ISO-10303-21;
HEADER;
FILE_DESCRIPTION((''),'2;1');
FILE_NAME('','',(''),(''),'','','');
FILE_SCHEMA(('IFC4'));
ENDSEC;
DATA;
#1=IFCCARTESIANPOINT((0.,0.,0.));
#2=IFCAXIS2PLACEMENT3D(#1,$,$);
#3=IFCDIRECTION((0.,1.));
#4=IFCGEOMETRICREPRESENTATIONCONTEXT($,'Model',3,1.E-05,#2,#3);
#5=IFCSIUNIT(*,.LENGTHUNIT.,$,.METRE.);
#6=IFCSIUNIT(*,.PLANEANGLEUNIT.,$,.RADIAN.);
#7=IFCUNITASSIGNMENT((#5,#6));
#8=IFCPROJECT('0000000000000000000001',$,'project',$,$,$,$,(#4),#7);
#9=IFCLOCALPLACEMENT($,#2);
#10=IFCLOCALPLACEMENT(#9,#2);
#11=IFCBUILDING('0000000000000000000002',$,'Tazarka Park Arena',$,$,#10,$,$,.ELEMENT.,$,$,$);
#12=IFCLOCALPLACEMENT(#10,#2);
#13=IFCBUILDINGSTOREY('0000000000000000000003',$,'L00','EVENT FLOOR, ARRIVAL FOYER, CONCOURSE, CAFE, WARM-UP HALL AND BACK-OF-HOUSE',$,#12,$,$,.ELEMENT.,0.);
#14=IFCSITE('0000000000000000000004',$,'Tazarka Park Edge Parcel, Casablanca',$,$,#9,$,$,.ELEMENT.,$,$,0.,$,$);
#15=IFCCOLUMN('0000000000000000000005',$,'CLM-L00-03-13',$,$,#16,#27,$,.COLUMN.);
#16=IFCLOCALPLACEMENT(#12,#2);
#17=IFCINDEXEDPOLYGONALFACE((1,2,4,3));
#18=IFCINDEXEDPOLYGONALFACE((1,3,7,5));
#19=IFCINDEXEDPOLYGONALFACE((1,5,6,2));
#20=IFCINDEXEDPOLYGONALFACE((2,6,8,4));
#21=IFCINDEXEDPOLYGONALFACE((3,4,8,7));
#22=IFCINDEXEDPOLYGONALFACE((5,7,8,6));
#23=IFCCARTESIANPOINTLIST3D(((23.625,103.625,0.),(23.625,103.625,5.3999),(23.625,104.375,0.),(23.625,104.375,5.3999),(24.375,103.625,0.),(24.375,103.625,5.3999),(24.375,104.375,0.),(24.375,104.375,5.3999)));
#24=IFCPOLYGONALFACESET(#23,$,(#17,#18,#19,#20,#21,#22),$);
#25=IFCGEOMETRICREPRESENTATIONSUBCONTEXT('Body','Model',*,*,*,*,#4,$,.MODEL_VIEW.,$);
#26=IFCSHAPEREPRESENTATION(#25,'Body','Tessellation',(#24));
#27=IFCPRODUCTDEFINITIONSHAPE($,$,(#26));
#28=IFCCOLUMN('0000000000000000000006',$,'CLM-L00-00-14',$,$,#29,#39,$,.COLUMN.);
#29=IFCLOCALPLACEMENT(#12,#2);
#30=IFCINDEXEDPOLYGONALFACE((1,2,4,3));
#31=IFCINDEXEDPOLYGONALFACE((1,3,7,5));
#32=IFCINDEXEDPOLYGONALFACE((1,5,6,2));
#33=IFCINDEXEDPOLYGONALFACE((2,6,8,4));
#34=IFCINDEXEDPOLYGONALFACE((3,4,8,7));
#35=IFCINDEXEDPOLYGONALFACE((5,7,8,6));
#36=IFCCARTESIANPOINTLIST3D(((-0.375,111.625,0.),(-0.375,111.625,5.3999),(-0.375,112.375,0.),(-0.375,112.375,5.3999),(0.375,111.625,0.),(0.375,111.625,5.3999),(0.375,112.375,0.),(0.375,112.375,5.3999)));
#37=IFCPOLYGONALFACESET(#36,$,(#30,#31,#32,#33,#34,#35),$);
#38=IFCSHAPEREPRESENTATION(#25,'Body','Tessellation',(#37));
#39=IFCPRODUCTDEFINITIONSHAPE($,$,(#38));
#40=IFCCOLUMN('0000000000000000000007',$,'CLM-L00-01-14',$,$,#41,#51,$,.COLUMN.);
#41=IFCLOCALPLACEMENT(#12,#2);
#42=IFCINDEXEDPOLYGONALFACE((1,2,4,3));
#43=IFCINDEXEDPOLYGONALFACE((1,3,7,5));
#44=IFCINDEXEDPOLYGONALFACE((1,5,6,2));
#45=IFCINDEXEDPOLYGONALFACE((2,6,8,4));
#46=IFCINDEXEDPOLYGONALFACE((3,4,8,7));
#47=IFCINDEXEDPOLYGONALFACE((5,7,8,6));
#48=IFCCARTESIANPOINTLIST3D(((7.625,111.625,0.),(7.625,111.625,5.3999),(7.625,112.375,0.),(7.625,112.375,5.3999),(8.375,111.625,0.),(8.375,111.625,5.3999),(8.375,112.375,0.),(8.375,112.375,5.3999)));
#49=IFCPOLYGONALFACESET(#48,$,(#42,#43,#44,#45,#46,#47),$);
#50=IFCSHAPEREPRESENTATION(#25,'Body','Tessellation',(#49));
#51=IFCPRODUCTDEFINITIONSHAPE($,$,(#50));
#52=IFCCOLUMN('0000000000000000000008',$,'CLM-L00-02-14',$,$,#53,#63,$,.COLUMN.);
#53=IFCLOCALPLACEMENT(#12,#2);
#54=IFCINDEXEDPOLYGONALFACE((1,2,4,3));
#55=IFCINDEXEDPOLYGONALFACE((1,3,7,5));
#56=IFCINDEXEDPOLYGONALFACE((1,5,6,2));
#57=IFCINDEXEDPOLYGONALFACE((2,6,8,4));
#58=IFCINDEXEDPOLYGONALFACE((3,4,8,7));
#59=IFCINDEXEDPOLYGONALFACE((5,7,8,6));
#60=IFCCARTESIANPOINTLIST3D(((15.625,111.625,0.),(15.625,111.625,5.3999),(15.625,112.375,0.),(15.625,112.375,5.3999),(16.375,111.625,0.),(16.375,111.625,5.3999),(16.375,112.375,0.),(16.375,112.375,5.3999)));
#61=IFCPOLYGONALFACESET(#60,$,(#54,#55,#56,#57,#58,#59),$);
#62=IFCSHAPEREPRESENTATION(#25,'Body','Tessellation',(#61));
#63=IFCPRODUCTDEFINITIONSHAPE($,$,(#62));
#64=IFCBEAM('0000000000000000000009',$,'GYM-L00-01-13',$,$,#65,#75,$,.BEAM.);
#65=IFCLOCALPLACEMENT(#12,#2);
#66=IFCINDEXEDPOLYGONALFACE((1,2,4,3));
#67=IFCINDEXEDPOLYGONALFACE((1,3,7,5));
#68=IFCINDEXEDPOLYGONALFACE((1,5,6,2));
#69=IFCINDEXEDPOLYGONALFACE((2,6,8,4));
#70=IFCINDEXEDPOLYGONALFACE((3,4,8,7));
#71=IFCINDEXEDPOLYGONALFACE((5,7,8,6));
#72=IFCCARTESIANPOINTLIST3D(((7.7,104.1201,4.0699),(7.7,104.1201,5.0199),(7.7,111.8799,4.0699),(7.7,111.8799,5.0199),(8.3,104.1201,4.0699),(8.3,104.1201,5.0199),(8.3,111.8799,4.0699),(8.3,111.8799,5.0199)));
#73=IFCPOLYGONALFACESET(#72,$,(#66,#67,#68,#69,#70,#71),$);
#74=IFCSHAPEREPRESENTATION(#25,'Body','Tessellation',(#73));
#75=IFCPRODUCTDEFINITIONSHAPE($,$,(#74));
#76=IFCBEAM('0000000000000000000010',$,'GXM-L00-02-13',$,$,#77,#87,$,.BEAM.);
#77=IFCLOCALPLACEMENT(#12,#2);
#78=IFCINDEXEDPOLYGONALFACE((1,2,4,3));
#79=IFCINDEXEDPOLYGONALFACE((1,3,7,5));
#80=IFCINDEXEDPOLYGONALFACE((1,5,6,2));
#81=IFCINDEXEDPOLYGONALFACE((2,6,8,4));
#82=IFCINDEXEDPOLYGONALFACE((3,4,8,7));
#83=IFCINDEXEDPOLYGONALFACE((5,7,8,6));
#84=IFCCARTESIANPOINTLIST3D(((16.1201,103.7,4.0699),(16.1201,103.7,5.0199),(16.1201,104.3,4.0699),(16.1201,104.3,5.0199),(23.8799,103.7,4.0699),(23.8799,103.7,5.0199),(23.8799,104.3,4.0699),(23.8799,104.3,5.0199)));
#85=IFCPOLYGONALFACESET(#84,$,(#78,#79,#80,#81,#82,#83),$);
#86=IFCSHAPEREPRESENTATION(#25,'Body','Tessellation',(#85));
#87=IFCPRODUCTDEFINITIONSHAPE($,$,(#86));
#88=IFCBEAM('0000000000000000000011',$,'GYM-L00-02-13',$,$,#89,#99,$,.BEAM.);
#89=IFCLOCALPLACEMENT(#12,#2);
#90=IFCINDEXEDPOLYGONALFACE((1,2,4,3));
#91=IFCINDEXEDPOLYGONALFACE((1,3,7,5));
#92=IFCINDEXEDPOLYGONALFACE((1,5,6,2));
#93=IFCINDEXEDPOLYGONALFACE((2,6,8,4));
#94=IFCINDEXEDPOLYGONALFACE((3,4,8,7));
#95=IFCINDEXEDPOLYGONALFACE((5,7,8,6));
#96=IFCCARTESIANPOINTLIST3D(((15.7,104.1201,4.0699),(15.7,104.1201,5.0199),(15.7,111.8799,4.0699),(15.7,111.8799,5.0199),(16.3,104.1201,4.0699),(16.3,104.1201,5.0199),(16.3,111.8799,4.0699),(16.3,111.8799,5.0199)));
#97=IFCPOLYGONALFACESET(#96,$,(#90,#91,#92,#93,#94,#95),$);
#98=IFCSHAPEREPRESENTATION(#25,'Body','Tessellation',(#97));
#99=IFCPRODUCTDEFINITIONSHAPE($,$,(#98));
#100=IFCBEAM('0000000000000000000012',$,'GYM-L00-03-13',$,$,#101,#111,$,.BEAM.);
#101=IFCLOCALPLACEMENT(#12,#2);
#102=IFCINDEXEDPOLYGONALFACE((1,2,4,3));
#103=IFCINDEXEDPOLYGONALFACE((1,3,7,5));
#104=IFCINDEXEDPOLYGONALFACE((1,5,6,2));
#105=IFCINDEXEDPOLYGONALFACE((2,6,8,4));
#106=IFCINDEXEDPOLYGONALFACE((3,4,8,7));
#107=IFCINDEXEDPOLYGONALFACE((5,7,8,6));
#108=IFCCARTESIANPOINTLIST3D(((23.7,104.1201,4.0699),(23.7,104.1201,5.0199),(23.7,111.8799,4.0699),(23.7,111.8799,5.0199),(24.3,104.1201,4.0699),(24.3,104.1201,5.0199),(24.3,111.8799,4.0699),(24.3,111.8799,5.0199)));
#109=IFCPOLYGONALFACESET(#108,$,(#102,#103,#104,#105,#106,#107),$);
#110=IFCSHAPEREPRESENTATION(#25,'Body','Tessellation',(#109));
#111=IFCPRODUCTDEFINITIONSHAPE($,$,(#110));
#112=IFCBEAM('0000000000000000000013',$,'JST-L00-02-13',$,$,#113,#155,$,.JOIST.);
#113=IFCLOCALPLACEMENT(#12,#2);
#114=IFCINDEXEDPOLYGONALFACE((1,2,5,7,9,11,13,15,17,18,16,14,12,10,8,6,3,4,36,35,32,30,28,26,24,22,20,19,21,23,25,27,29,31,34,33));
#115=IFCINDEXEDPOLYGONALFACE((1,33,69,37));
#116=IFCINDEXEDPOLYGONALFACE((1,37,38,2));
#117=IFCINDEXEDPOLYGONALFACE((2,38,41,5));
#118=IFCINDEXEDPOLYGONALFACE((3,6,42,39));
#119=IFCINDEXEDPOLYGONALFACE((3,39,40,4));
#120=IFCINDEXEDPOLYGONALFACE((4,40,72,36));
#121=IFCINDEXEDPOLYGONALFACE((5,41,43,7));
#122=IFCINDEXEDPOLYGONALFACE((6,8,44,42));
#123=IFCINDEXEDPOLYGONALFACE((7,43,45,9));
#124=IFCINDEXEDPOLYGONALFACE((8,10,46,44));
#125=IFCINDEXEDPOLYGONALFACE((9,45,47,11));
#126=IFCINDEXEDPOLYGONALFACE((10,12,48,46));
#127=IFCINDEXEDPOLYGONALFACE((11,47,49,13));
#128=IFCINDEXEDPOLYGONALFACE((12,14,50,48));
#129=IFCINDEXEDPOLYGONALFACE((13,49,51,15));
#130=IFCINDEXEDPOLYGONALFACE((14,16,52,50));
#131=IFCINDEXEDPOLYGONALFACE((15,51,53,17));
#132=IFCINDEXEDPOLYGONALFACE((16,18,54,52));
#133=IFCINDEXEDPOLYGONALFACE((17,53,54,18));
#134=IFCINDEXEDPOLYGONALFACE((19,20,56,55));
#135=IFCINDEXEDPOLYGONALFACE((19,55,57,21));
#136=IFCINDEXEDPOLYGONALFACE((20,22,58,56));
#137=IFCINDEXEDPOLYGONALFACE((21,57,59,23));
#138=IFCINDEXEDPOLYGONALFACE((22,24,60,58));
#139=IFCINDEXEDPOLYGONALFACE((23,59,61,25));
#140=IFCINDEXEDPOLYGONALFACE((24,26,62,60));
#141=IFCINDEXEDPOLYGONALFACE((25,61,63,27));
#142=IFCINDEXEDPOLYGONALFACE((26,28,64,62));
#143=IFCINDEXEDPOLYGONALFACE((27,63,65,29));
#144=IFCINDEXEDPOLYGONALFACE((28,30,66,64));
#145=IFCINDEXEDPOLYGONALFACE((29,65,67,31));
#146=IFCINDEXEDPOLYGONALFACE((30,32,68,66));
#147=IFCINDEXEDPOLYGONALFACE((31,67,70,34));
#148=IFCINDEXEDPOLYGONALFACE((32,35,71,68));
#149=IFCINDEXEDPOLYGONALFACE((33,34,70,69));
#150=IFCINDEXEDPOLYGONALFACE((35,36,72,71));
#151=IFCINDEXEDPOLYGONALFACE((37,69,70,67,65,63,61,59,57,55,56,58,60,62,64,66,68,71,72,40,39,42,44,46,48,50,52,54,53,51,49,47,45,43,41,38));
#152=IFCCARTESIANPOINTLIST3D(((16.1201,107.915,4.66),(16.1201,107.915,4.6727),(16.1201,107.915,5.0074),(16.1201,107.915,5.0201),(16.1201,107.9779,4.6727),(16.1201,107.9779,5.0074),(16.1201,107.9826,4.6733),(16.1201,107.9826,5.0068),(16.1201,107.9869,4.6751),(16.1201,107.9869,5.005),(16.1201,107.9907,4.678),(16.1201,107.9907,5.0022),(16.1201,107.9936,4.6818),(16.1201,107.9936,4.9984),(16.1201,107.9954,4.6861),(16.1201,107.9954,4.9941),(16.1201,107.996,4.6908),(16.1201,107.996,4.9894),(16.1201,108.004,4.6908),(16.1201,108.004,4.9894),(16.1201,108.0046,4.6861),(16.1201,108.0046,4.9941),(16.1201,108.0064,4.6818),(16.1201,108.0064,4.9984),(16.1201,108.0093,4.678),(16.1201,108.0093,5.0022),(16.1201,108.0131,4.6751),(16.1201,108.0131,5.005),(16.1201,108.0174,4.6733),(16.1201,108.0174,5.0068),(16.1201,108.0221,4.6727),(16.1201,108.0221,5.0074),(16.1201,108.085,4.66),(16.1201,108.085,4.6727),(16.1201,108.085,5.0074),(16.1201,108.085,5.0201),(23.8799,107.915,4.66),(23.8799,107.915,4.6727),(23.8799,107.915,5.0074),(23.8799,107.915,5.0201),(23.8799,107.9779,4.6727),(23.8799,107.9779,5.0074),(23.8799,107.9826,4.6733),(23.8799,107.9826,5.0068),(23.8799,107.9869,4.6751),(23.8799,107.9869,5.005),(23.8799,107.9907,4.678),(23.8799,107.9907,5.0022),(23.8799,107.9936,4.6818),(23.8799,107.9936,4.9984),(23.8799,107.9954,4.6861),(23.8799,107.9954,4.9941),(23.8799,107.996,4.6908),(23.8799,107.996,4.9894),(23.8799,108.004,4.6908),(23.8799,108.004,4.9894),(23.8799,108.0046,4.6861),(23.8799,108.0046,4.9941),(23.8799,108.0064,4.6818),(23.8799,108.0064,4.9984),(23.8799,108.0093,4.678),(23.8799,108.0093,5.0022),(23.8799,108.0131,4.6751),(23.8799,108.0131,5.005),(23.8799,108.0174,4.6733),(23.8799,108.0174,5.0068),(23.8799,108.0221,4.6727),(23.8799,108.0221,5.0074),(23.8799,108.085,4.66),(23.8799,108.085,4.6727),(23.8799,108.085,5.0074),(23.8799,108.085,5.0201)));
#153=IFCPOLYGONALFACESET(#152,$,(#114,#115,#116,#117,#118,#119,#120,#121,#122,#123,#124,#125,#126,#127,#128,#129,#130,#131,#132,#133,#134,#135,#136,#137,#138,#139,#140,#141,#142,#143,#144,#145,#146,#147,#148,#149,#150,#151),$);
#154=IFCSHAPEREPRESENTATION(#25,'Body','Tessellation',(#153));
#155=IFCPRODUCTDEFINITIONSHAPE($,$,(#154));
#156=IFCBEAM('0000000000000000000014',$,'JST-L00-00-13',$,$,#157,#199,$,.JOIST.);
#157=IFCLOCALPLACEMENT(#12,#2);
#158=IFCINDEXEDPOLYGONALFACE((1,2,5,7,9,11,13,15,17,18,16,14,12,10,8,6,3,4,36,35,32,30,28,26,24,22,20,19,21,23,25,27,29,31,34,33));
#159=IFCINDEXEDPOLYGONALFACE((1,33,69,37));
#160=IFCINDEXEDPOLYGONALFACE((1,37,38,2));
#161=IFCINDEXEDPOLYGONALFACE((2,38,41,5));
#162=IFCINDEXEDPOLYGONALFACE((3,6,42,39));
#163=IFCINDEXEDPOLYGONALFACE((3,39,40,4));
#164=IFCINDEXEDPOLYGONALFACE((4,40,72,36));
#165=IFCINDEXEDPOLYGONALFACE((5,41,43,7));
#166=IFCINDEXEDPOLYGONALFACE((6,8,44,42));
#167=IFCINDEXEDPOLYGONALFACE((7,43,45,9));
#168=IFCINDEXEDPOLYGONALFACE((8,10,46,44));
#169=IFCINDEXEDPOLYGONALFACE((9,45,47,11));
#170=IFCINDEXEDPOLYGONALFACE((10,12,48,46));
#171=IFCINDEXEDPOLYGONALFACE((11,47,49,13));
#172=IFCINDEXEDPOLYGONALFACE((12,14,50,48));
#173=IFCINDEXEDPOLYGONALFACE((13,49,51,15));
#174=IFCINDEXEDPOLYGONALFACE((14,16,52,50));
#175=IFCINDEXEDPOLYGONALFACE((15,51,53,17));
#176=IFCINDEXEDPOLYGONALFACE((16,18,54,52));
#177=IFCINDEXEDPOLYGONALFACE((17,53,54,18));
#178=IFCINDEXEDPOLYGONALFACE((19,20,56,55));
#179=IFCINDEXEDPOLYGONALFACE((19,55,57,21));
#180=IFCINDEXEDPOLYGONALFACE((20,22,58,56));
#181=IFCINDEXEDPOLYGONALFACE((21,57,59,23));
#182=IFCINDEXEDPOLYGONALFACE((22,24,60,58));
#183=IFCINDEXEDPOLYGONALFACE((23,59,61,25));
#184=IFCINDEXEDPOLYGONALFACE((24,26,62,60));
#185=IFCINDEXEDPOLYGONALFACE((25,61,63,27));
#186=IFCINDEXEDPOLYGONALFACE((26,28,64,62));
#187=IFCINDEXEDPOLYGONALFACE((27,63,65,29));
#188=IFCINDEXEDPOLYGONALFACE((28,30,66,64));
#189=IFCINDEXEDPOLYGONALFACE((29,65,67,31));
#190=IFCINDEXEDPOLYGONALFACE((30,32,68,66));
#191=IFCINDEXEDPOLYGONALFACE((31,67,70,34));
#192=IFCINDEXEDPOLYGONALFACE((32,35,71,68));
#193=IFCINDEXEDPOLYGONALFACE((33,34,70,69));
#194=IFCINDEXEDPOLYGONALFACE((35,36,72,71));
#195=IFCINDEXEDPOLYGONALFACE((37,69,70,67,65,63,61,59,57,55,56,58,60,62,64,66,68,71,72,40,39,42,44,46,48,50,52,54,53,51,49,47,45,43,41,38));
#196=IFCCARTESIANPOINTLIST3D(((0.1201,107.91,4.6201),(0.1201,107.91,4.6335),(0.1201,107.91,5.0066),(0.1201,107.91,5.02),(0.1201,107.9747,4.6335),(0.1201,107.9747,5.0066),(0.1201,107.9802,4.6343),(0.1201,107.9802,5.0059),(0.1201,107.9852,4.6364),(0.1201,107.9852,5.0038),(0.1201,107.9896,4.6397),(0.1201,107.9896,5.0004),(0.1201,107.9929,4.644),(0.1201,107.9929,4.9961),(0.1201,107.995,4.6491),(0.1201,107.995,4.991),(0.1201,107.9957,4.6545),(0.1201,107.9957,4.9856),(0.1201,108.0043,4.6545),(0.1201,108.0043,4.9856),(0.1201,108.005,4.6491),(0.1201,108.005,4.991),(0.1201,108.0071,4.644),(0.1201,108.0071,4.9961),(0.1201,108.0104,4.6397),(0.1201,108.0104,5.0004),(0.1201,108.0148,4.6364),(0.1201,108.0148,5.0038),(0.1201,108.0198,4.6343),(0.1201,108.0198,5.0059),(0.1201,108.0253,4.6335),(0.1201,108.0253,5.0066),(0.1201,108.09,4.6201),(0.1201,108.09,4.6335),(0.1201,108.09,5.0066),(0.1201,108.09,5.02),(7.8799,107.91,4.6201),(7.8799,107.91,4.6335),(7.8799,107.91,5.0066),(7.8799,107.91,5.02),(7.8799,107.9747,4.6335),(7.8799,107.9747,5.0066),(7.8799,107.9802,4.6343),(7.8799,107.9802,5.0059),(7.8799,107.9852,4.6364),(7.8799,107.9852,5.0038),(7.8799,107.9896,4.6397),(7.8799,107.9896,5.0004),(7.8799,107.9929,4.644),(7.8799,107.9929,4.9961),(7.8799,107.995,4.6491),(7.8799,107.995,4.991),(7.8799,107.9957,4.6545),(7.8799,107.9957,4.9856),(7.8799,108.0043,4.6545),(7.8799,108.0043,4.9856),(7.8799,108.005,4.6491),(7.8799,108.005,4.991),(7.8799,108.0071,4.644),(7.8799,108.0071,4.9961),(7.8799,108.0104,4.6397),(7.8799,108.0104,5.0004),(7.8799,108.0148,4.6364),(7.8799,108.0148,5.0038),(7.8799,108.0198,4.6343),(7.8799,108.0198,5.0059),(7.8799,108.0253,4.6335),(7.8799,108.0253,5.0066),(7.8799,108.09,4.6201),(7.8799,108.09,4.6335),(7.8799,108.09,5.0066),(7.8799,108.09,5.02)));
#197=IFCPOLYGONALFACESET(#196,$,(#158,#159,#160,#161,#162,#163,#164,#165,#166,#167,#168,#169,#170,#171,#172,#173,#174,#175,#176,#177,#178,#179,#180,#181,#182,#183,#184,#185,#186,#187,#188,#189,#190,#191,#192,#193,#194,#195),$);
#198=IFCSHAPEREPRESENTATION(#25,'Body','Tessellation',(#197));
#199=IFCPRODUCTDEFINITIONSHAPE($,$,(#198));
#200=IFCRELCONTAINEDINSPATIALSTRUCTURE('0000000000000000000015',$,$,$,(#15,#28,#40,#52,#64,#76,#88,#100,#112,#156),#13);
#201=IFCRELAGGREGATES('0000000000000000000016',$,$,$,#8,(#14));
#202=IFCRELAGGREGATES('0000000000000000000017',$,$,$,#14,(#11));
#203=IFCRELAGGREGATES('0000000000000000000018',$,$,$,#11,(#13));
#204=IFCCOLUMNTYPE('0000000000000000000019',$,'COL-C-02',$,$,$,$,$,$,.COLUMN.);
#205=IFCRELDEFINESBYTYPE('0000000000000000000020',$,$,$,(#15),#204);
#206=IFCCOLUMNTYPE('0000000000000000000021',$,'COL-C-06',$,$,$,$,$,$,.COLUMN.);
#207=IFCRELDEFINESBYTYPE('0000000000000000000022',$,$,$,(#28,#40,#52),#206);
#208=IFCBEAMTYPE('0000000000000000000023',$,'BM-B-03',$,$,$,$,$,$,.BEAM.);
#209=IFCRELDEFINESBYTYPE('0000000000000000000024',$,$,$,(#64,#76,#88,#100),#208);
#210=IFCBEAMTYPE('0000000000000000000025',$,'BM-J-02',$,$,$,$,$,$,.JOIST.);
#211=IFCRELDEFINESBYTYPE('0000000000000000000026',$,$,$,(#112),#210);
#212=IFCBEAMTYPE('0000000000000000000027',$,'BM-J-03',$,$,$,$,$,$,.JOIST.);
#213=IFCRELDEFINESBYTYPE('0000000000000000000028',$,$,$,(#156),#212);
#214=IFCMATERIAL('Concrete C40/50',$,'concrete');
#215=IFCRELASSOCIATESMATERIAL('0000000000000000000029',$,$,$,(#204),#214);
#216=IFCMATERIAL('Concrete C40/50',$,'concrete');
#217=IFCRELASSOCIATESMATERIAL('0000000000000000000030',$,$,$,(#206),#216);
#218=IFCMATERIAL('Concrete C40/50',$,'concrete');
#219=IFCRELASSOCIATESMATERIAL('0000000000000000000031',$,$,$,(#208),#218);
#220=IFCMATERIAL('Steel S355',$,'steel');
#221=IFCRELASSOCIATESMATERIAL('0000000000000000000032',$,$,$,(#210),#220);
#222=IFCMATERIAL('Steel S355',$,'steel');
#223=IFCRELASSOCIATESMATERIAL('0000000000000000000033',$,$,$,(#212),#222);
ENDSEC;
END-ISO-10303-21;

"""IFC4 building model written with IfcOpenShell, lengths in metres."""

from ifc_helpers import new_model, si_unit, direction, frame, origin, origin_2d, place, context, subcontext, project, spatial, rectangle, i_section, extrude, material, material_profile, profile_set, type_object, element, save


model = new_model("IFC4")

# Units and contexts
model_context = context("Model", 3, precision=1e-05, world=origin(), true_north=direction((0.0, 1.0)))
body_context = subcontext(model_context, "Body", "Model", "MODEL_VIEW")
ifc_project = project(units=[si_unit("LENGTHUNIT", "METRE"), si_unit("PLANEANGLEUNIT", "RADIAN")], contexts=[model_context])

# Site, building, storey
site_placement = place(None, origin())
site = spatial("IfcSite", under=ifc_project, at=site_placement, Name="Tazarka Park Edge Parcel, Casablanca", CompositionType="ELEMENT", RefElevation=0.0)
building_placement = place(site_placement, origin())
building = spatial("IfcBuilding", under=site, at=building_placement, Name="Tazarka Park Arena", CompositionType="ELEMENT")
storey_placement = place(building_placement, origin())
storey = spatial("IfcBuildingStorey", under=building, at=storey_placement, Name="L00", Description="EVENT FLOOR, ARRIVAL FOYER, CONCOURSE, CAFE, WARM-UP HALL AND BACK-OF-HOUSE", CompositionType="ELEMENT", Elevation=0.0)

# Columns
ifc_material_1 = material(Name="Concrete C40/50", Category="concrete")
ifc_material_profile_1 = material_profile(ifc_material_1, rectangle(XDim=0.75, YDim=0.75, at=origin_2d()), Name="Concrete C40/50")
ifc_profile_set_1 = profile_set([ifc_material_profile_1], Name="Concrete C40/50")
column_type_1 = type_object("IfcColumnType", Name="COL-C-02", PredefinedType="COLUMN", material=ifc_profile_set_1)
column_placement = place(storey_placement, frame((24.0, 104.0, 0.0), z_axis=(0.0, 0.0, 1.0), x_axis=(1.0, 0.0, 0.0)))
element("IfcColumn", 1, at=column_placement, inside=storey, type_object=column_type_1, Name="CLM-L00-03-13", PredefinedType="COLUMN", context=body_context, shape_type="SweptSolid", body=[
    extrude(rectangle(XDim=0.75, YDim=0.75, at=origin_2d()), origin(), (0.0, 0.0, 1.0), 5.3999),
])
ifc_material_2 = material(Name="Concrete C40/50", Category="concrete")
ifc_material_profile_2 = material_profile(ifc_material_2, rectangle(XDim=0.75, YDim=0.75, at=origin_2d()), Name="Concrete C40/50")
ifc_profile_set_2 = profile_set([ifc_material_profile_2], Name="Concrete C40/50")
column_type_2 = type_object("IfcColumnType", Name="COL-C-06", PredefinedType="COLUMN", material=ifc_profile_set_2)
for number, where, z_axis, x_axis, name in (
    (2, (0.0, 112.0, 0.0), (0.0, 0.0, 1.0), (1.0, 0.0, 0.0), "CLM-L00-00-14"),
    (3, (8.0, 112.0, 0.0), (0.0, 0.0, 1.0), (1.0, 0.0, 0.0), "CLM-L00-01-14"),
    (4, (16.0, 112.0, 0.0), (0.0, 0.0, 1.0), (1.0, 0.0, 0.0), "CLM-L00-02-14"),
):
    element("IfcColumn", number, at=place(storey_placement, frame(where, z_axis=z_axis, x_axis=x_axis)), inside=storey, type_object=column_type_2, Name=name, PredefinedType="COLUMN", context=body_context, shape_type="SweptSolid", body=[
        extrude(rectangle(XDim=0.75, YDim=0.75, at=origin_2d()), origin(), (0.0, 0.0, 1.0), 5.3999),
    ])

# Beams
ifc_material_3 = material(Name="Concrete C40/50", Category="concrete")
ifc_material_profile_3 = material_profile(ifc_material_3, rectangle(XDim=0.6001, YDim=0.95, at=origin_2d()), Name="Concrete C40/50")
ifc_profile_set_3 = profile_set([ifc_material_profile_3], Name="Concrete C40/50")
beam_type_1 = type_object("IfcBeamType", Name="BM-B-03", PredefinedType="BEAM", material=ifc_profile_set_3)
for number, where, z_axis, x_axis, name in (
    (5, (8.0, 104.1201, 4.5449), (0.0, 1.0, 0.0), (-1.0, 0.0, 0.0), "GYM-L00-01-13"),
    (6, (16.1201, 104.0, 4.5449), (1.0, 0.0, 0.0), (0.0, 1.0, 0.0), "GXM-L00-02-13"),
    (7, (16.0, 104.1201, 4.5449), (0.0, 1.0, 0.0), (-1.0, 0.0, 0.0), "GYM-L00-02-13"),
    (8, (24.0, 104.1201, 4.5449), (0.0, 1.0, 0.0), (-1.0, 0.0, 0.0), "GYM-L00-03-13"),
):
    element("IfcBeam", number, at=place(storey_placement, frame(where, z_axis=z_axis, x_axis=x_axis)), inside=storey, type_object=beam_type_1, Name=name, PredefinedType="BEAM", context=body_context, shape_type="SweptSolid", body=[
        extrude(rectangle(XDim=0.6001, YDim=0.95, at=origin_2d()), origin(), (0.0, 0.0, 1.0), 7.7598),
    ])
ifc_material_4 = material(Name="Steel S355", Category="steel")
ifc_material_profile_4 = material_profile(ifc_material_4, i_section(OverallWidth=0.1699, OverallDepth=0.3601, WebThickness=0.0081, FlangeThickness=0.0127, FilletRadius=0.0181, at=origin_2d()), Name="Steel S355")
ifc_profile_set_4 = profile_set([ifc_material_profile_4], Name="Steel S355")
beam_type_2 = type_object("IfcBeamType", Name="BM-J-02", PredefinedType="JOIST", material=ifc_profile_set_4)
beam_1_placement = place(storey_placement, frame((16.1201, 108.0, 4.8401), z_axis=(1.0, 0.0, 0.0), x_axis=(0.0, 1.0, 0.0)))
element("IfcBeam", 9, at=beam_1_placement, inside=storey, type_object=beam_type_2, Name="JST-L00-02-13", PredefinedType="JOIST", context=body_context, shape_type="SweptSolid", body=[
    extrude(i_section(OverallWidth=0.1699, OverallDepth=0.3601, WebThickness=0.0081, FlangeThickness=0.0127, FilletRadius=0.0181, at=origin_2d()), origin(), (0.0, 0.0, 1.0), 7.7598),
])
ifc_material_5 = material(Name="Steel S355", Category="steel")
ifc_material_profile_5 = material_profile(ifc_material_5, i_section(OverallWidth=0.1799, OverallDepth=0.3999, WebThickness=0.0085, FlangeThickness=0.0134, FilletRadius=0.021, at=origin_2d()), Name="Steel S355")
ifc_profile_set_5 = profile_set([ifc_material_profile_5], Name="Steel S355")
beam_type_3 = type_object("IfcBeamType", Name="BM-J-03", PredefinedType="JOIST", material=ifc_profile_set_5)
beam_2_placement = place(storey_placement, frame((0.1201, 108.0, 4.8201), z_axis=(1.0, 0.0, 0.0), x_axis=(0.0, 1.0, 0.0)))
element("IfcBeam", 10, at=beam_2_placement, inside=storey, type_object=beam_type_3, Name="JST-L00-00-13", PredefinedType="JOIST", context=body_context, shape_type="SweptSolid", body=[
    extrude(i_section(OverallWidth=0.1799, OverallDepth=0.3999, WebThickness=0.0085, FlangeThickness=0.0134, FilletRadius=0.021, at=origin_2d()), origin(), (0.0, 0.0, 1.0), 7.7598),
])

save(model, "model.ifc")
